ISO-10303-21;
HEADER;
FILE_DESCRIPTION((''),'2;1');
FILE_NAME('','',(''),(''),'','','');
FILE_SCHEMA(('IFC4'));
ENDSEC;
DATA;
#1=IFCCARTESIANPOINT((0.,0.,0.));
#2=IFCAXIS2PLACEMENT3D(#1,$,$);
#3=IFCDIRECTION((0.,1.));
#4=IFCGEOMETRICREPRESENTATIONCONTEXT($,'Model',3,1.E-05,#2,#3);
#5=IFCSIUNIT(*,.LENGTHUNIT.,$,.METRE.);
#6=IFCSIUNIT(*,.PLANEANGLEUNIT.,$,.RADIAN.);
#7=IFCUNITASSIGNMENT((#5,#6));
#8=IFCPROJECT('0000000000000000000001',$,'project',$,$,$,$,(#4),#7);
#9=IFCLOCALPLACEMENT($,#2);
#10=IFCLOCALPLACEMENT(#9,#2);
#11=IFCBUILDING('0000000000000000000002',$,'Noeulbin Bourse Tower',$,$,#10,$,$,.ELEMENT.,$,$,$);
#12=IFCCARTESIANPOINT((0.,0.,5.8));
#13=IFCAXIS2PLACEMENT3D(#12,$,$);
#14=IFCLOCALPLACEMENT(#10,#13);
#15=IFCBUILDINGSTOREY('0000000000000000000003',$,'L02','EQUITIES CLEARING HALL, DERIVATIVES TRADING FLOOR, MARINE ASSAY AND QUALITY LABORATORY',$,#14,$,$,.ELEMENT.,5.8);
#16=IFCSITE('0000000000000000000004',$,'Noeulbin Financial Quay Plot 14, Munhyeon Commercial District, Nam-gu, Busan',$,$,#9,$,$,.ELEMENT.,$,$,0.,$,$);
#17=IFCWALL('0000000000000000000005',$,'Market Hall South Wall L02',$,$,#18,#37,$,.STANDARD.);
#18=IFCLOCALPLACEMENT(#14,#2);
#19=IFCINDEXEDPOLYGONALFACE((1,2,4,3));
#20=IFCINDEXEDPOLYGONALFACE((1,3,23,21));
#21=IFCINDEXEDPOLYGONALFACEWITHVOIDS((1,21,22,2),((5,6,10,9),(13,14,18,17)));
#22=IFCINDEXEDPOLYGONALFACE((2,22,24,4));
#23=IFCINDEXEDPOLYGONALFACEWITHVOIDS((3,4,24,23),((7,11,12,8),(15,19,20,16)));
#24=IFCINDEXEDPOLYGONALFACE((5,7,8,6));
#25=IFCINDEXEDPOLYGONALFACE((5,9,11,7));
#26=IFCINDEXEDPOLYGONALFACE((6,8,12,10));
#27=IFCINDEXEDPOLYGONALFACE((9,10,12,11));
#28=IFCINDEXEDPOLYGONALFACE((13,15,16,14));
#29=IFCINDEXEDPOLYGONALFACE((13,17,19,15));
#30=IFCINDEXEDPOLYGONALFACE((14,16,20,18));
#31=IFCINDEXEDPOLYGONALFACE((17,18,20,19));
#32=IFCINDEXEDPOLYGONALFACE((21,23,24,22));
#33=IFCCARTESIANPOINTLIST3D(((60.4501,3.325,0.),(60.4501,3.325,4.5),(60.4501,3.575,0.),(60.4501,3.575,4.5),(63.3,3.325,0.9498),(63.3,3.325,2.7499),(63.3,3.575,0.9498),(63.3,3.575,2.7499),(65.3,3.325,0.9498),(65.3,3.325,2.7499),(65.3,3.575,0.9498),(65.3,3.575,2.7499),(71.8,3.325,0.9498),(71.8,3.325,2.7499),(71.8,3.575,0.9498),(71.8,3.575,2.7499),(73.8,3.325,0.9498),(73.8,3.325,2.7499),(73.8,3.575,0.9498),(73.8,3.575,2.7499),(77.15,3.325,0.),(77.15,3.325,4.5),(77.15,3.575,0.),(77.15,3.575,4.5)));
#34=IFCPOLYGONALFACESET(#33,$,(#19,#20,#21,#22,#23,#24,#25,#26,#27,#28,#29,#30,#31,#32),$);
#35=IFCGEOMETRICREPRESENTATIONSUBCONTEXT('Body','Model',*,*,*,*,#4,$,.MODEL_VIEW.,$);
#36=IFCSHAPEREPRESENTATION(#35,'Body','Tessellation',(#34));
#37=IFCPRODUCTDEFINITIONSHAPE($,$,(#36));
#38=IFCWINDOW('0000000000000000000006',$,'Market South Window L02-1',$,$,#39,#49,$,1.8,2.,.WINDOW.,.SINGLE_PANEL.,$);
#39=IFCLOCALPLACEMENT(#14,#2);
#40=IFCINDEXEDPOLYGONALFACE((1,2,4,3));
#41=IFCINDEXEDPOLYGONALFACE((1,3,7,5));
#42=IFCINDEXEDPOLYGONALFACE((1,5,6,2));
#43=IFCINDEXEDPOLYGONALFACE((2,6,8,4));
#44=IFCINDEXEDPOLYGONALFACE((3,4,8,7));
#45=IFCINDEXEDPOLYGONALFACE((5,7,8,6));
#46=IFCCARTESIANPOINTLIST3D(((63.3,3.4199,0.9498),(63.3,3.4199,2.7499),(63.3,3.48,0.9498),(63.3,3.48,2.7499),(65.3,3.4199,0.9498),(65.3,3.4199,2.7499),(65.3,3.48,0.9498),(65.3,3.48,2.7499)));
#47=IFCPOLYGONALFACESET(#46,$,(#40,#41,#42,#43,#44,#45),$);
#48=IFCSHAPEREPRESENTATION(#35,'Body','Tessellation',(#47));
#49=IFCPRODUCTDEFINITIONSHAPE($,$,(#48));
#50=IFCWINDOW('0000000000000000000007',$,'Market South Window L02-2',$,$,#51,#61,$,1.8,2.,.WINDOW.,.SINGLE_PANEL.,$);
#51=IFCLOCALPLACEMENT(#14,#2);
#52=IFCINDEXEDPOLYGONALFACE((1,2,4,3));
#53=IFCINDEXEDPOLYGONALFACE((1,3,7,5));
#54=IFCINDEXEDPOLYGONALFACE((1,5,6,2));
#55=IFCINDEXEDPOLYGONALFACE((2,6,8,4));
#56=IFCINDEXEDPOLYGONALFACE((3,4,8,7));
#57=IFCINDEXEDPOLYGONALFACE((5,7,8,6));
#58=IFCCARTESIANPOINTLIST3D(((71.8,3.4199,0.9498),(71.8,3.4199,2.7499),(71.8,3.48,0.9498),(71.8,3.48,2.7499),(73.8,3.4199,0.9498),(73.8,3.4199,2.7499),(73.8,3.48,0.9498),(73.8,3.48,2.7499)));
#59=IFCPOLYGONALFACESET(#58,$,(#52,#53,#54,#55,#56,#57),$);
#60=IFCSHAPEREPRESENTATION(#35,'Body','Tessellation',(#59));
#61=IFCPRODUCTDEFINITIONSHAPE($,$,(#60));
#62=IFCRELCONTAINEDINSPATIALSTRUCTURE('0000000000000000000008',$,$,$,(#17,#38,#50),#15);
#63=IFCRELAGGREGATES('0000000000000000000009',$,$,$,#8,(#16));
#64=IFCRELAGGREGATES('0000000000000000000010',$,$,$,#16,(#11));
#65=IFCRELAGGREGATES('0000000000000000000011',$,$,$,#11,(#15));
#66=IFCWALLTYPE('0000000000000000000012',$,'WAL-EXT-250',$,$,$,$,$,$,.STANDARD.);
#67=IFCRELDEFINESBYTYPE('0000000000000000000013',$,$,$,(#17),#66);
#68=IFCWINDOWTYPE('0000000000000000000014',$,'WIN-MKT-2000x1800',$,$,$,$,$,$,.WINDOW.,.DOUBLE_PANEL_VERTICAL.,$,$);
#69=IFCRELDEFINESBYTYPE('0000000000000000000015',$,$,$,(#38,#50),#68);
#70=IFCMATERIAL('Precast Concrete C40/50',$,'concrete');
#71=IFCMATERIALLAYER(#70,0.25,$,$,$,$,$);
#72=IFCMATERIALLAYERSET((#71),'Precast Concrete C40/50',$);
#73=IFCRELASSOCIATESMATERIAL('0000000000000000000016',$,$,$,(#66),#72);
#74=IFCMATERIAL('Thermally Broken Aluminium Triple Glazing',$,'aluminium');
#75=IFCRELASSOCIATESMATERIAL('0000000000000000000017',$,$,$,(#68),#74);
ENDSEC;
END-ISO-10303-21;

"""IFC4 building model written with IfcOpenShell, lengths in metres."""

from ifc_helpers import new_model, si_unit, direction, frame, frame_2d, origin, place, context, subcontext, project, spatial, rectangle, extrude, material, layer, layer_set, type_object, element, fill, save


model = new_model("IFC4")

# Units and contexts
model_context = context("Model", 3, precision=1e-05, world=origin(), true_north=direction((0.0, 1.0)))
body_context = subcontext(model_context, "Body", "Model", "MODEL_VIEW")
ifc_project = project(units=[si_unit("LENGTHUNIT", "METRE"), si_unit("PLANEANGLEUNIT", "RADIAN")], contexts=[model_context])

# Site, building, storey
site_placement = place(None, origin())
site = spatial("IfcSite", under=ifc_project, at=site_placement, Name="Noeulbin Financial Quay Plot 14, Munhyeon Commercial District, Nam-gu, Busan", CompositionType="ELEMENT", RefElevation=0.0)
building_placement = place(site_placement, origin())
building = spatial("IfcBuilding", under=site, at=building_placement, Name="Noeulbin Bourse Tower", CompositionType="ELEMENT")
storey_placement = place(building_placement, frame((0.0, 0.0, 5.8)))
storey = spatial("IfcBuildingStorey", under=building, at=storey_placement, Name="L02", Description="EQUITIES CLEARING HALL, DERIVATIVES TRADING FLOOR, MARINE ASSAY AND QUALITY LABORATORY", CompositionType="ELEMENT", Elevation=5.8)

# Wall, openings, windows
ifc_material_1 = material(Name="Precast Concrete C40/50", Category="concrete")
ifc_layer_1 = layer(ifc_material_1, 0.25)
ifc_layer_set_1 = layer_set([ifc_layer_1], Name="Precast Concrete C40/50")
wall_type = type_object("IfcWallType", Name="WAL-EXT-250", PredefinedType="STANDARD", material=ifc_layer_set_1)
wall_placement = place(storey_placement, frame((60.45, 3.45, 0.0), z_axis=(0.0, 0.0, 1.0), x_axis=(1.0, 0.0, 0.0)))
wall = element("IfcWall", 1, at=wall_placement, inside=storey, type_object=wall_type, Name="Market Hall South Wall L02", PredefinedType="STANDARD", context=body_context, shape_type="SweptSolid", body=[
    extrude(rectangle(XDim=16.7, YDim=0.25, at=frame_2d((8.3501, 0.0))), origin(), (0.0, 0.0, 1.0), 4.5),
])
opening_1_placement = place(wall_placement, frame((2.8501, 0.0, 0.95)))
opening_1 = element("IfcOpeningElement", 2, at=opening_1_placement, cuts=wall, PredefinedType="OPENING", context=body_context, shape_type="SweptSolid", body=[
    extrude(rectangle(XDim=2.0, YDim=1.8, at=frame_2d((1.0, 0.8999))), frame((0.0, 0.135, 0.0), z_axis=(0.0, -1.0, 0.0), x_axis=(1.0, 0.0, 0.0)), (0.0, 0.0, 1.0), 0.27),
])
opening_2_placement = place(wall_placement, frame((11.3501, 0.0, 0.95)))
opening_2 = element("IfcOpeningElement", 3, at=opening_2_placement, cuts=wall, PredefinedType="OPENING", context=body_context, shape_type="SweptSolid", body=[
    extrude(rectangle(XDim=2.0, YDim=1.8, at=frame_2d((1.0, 0.8999))), frame((0.0, 0.135, 0.0), z_axis=(0.0, -1.0, 0.0), x_axis=(1.0, 0.0, 0.0)), (0.0, 0.0, 1.0), 0.27),
])
ifc_material_2 = material(Name="Thermally Broken Aluminium Triple Glazing", Category="aluminium")
window_type = type_object("IfcWindowType", Name="WIN-MKT-2000x1800", PartitioningType="DOUBLE_PANEL_VERTICAL", PredefinedType="WINDOW", material=ifc_material_2)
window_1_placement = place(opening_1_placement, origin())
window_1 = element("IfcWindow", 4, at=window_1_placement, inside=storey, type_object=window_type, Name="Market South Window L02-1", OverallHeight=1.8, OverallWidth=2.0, PartitioningType="SINGLE_PANEL", PredefinedType="WINDOW", context=body_context, shape_type="SweptSolid", body=[
    extrude(rectangle(XDim=2.0, YDim=1.8, at=frame_2d((1.0, 0.8999))), frame((0.0, 0.03, 0.0), z_axis=(0.0, -1.0, 0.0), x_axis=(1.0, 0.0, 0.0)), (0.0, 0.0, 1.0), 0.0601),
])
fill(opening_1, window_1)
window_2_placement = place(opening_2_placement, origin())
window_2 = element("IfcWindow", 5, at=window_2_placement, inside=storey, type_object=window_type, Name="Market South Window L02-2", OverallHeight=1.8, OverallWidth=2.0, PartitioningType="SINGLE_PANEL", PredefinedType="WINDOW", context=body_context, shape_type="SweptSolid", body=[
    extrude(rectangle(XDim=2.0, YDim=1.8, at=frame_2d((1.0, 0.8999))), frame((0.0, 0.03, 0.0), z_axis=(0.0, -1.0, 0.0), x_axis=(1.0, 0.0, 0.0)), (0.0, 0.0, 1.0), 0.0601),
])
fill(opening_2, window_2)

save(model, "model.ifc")
